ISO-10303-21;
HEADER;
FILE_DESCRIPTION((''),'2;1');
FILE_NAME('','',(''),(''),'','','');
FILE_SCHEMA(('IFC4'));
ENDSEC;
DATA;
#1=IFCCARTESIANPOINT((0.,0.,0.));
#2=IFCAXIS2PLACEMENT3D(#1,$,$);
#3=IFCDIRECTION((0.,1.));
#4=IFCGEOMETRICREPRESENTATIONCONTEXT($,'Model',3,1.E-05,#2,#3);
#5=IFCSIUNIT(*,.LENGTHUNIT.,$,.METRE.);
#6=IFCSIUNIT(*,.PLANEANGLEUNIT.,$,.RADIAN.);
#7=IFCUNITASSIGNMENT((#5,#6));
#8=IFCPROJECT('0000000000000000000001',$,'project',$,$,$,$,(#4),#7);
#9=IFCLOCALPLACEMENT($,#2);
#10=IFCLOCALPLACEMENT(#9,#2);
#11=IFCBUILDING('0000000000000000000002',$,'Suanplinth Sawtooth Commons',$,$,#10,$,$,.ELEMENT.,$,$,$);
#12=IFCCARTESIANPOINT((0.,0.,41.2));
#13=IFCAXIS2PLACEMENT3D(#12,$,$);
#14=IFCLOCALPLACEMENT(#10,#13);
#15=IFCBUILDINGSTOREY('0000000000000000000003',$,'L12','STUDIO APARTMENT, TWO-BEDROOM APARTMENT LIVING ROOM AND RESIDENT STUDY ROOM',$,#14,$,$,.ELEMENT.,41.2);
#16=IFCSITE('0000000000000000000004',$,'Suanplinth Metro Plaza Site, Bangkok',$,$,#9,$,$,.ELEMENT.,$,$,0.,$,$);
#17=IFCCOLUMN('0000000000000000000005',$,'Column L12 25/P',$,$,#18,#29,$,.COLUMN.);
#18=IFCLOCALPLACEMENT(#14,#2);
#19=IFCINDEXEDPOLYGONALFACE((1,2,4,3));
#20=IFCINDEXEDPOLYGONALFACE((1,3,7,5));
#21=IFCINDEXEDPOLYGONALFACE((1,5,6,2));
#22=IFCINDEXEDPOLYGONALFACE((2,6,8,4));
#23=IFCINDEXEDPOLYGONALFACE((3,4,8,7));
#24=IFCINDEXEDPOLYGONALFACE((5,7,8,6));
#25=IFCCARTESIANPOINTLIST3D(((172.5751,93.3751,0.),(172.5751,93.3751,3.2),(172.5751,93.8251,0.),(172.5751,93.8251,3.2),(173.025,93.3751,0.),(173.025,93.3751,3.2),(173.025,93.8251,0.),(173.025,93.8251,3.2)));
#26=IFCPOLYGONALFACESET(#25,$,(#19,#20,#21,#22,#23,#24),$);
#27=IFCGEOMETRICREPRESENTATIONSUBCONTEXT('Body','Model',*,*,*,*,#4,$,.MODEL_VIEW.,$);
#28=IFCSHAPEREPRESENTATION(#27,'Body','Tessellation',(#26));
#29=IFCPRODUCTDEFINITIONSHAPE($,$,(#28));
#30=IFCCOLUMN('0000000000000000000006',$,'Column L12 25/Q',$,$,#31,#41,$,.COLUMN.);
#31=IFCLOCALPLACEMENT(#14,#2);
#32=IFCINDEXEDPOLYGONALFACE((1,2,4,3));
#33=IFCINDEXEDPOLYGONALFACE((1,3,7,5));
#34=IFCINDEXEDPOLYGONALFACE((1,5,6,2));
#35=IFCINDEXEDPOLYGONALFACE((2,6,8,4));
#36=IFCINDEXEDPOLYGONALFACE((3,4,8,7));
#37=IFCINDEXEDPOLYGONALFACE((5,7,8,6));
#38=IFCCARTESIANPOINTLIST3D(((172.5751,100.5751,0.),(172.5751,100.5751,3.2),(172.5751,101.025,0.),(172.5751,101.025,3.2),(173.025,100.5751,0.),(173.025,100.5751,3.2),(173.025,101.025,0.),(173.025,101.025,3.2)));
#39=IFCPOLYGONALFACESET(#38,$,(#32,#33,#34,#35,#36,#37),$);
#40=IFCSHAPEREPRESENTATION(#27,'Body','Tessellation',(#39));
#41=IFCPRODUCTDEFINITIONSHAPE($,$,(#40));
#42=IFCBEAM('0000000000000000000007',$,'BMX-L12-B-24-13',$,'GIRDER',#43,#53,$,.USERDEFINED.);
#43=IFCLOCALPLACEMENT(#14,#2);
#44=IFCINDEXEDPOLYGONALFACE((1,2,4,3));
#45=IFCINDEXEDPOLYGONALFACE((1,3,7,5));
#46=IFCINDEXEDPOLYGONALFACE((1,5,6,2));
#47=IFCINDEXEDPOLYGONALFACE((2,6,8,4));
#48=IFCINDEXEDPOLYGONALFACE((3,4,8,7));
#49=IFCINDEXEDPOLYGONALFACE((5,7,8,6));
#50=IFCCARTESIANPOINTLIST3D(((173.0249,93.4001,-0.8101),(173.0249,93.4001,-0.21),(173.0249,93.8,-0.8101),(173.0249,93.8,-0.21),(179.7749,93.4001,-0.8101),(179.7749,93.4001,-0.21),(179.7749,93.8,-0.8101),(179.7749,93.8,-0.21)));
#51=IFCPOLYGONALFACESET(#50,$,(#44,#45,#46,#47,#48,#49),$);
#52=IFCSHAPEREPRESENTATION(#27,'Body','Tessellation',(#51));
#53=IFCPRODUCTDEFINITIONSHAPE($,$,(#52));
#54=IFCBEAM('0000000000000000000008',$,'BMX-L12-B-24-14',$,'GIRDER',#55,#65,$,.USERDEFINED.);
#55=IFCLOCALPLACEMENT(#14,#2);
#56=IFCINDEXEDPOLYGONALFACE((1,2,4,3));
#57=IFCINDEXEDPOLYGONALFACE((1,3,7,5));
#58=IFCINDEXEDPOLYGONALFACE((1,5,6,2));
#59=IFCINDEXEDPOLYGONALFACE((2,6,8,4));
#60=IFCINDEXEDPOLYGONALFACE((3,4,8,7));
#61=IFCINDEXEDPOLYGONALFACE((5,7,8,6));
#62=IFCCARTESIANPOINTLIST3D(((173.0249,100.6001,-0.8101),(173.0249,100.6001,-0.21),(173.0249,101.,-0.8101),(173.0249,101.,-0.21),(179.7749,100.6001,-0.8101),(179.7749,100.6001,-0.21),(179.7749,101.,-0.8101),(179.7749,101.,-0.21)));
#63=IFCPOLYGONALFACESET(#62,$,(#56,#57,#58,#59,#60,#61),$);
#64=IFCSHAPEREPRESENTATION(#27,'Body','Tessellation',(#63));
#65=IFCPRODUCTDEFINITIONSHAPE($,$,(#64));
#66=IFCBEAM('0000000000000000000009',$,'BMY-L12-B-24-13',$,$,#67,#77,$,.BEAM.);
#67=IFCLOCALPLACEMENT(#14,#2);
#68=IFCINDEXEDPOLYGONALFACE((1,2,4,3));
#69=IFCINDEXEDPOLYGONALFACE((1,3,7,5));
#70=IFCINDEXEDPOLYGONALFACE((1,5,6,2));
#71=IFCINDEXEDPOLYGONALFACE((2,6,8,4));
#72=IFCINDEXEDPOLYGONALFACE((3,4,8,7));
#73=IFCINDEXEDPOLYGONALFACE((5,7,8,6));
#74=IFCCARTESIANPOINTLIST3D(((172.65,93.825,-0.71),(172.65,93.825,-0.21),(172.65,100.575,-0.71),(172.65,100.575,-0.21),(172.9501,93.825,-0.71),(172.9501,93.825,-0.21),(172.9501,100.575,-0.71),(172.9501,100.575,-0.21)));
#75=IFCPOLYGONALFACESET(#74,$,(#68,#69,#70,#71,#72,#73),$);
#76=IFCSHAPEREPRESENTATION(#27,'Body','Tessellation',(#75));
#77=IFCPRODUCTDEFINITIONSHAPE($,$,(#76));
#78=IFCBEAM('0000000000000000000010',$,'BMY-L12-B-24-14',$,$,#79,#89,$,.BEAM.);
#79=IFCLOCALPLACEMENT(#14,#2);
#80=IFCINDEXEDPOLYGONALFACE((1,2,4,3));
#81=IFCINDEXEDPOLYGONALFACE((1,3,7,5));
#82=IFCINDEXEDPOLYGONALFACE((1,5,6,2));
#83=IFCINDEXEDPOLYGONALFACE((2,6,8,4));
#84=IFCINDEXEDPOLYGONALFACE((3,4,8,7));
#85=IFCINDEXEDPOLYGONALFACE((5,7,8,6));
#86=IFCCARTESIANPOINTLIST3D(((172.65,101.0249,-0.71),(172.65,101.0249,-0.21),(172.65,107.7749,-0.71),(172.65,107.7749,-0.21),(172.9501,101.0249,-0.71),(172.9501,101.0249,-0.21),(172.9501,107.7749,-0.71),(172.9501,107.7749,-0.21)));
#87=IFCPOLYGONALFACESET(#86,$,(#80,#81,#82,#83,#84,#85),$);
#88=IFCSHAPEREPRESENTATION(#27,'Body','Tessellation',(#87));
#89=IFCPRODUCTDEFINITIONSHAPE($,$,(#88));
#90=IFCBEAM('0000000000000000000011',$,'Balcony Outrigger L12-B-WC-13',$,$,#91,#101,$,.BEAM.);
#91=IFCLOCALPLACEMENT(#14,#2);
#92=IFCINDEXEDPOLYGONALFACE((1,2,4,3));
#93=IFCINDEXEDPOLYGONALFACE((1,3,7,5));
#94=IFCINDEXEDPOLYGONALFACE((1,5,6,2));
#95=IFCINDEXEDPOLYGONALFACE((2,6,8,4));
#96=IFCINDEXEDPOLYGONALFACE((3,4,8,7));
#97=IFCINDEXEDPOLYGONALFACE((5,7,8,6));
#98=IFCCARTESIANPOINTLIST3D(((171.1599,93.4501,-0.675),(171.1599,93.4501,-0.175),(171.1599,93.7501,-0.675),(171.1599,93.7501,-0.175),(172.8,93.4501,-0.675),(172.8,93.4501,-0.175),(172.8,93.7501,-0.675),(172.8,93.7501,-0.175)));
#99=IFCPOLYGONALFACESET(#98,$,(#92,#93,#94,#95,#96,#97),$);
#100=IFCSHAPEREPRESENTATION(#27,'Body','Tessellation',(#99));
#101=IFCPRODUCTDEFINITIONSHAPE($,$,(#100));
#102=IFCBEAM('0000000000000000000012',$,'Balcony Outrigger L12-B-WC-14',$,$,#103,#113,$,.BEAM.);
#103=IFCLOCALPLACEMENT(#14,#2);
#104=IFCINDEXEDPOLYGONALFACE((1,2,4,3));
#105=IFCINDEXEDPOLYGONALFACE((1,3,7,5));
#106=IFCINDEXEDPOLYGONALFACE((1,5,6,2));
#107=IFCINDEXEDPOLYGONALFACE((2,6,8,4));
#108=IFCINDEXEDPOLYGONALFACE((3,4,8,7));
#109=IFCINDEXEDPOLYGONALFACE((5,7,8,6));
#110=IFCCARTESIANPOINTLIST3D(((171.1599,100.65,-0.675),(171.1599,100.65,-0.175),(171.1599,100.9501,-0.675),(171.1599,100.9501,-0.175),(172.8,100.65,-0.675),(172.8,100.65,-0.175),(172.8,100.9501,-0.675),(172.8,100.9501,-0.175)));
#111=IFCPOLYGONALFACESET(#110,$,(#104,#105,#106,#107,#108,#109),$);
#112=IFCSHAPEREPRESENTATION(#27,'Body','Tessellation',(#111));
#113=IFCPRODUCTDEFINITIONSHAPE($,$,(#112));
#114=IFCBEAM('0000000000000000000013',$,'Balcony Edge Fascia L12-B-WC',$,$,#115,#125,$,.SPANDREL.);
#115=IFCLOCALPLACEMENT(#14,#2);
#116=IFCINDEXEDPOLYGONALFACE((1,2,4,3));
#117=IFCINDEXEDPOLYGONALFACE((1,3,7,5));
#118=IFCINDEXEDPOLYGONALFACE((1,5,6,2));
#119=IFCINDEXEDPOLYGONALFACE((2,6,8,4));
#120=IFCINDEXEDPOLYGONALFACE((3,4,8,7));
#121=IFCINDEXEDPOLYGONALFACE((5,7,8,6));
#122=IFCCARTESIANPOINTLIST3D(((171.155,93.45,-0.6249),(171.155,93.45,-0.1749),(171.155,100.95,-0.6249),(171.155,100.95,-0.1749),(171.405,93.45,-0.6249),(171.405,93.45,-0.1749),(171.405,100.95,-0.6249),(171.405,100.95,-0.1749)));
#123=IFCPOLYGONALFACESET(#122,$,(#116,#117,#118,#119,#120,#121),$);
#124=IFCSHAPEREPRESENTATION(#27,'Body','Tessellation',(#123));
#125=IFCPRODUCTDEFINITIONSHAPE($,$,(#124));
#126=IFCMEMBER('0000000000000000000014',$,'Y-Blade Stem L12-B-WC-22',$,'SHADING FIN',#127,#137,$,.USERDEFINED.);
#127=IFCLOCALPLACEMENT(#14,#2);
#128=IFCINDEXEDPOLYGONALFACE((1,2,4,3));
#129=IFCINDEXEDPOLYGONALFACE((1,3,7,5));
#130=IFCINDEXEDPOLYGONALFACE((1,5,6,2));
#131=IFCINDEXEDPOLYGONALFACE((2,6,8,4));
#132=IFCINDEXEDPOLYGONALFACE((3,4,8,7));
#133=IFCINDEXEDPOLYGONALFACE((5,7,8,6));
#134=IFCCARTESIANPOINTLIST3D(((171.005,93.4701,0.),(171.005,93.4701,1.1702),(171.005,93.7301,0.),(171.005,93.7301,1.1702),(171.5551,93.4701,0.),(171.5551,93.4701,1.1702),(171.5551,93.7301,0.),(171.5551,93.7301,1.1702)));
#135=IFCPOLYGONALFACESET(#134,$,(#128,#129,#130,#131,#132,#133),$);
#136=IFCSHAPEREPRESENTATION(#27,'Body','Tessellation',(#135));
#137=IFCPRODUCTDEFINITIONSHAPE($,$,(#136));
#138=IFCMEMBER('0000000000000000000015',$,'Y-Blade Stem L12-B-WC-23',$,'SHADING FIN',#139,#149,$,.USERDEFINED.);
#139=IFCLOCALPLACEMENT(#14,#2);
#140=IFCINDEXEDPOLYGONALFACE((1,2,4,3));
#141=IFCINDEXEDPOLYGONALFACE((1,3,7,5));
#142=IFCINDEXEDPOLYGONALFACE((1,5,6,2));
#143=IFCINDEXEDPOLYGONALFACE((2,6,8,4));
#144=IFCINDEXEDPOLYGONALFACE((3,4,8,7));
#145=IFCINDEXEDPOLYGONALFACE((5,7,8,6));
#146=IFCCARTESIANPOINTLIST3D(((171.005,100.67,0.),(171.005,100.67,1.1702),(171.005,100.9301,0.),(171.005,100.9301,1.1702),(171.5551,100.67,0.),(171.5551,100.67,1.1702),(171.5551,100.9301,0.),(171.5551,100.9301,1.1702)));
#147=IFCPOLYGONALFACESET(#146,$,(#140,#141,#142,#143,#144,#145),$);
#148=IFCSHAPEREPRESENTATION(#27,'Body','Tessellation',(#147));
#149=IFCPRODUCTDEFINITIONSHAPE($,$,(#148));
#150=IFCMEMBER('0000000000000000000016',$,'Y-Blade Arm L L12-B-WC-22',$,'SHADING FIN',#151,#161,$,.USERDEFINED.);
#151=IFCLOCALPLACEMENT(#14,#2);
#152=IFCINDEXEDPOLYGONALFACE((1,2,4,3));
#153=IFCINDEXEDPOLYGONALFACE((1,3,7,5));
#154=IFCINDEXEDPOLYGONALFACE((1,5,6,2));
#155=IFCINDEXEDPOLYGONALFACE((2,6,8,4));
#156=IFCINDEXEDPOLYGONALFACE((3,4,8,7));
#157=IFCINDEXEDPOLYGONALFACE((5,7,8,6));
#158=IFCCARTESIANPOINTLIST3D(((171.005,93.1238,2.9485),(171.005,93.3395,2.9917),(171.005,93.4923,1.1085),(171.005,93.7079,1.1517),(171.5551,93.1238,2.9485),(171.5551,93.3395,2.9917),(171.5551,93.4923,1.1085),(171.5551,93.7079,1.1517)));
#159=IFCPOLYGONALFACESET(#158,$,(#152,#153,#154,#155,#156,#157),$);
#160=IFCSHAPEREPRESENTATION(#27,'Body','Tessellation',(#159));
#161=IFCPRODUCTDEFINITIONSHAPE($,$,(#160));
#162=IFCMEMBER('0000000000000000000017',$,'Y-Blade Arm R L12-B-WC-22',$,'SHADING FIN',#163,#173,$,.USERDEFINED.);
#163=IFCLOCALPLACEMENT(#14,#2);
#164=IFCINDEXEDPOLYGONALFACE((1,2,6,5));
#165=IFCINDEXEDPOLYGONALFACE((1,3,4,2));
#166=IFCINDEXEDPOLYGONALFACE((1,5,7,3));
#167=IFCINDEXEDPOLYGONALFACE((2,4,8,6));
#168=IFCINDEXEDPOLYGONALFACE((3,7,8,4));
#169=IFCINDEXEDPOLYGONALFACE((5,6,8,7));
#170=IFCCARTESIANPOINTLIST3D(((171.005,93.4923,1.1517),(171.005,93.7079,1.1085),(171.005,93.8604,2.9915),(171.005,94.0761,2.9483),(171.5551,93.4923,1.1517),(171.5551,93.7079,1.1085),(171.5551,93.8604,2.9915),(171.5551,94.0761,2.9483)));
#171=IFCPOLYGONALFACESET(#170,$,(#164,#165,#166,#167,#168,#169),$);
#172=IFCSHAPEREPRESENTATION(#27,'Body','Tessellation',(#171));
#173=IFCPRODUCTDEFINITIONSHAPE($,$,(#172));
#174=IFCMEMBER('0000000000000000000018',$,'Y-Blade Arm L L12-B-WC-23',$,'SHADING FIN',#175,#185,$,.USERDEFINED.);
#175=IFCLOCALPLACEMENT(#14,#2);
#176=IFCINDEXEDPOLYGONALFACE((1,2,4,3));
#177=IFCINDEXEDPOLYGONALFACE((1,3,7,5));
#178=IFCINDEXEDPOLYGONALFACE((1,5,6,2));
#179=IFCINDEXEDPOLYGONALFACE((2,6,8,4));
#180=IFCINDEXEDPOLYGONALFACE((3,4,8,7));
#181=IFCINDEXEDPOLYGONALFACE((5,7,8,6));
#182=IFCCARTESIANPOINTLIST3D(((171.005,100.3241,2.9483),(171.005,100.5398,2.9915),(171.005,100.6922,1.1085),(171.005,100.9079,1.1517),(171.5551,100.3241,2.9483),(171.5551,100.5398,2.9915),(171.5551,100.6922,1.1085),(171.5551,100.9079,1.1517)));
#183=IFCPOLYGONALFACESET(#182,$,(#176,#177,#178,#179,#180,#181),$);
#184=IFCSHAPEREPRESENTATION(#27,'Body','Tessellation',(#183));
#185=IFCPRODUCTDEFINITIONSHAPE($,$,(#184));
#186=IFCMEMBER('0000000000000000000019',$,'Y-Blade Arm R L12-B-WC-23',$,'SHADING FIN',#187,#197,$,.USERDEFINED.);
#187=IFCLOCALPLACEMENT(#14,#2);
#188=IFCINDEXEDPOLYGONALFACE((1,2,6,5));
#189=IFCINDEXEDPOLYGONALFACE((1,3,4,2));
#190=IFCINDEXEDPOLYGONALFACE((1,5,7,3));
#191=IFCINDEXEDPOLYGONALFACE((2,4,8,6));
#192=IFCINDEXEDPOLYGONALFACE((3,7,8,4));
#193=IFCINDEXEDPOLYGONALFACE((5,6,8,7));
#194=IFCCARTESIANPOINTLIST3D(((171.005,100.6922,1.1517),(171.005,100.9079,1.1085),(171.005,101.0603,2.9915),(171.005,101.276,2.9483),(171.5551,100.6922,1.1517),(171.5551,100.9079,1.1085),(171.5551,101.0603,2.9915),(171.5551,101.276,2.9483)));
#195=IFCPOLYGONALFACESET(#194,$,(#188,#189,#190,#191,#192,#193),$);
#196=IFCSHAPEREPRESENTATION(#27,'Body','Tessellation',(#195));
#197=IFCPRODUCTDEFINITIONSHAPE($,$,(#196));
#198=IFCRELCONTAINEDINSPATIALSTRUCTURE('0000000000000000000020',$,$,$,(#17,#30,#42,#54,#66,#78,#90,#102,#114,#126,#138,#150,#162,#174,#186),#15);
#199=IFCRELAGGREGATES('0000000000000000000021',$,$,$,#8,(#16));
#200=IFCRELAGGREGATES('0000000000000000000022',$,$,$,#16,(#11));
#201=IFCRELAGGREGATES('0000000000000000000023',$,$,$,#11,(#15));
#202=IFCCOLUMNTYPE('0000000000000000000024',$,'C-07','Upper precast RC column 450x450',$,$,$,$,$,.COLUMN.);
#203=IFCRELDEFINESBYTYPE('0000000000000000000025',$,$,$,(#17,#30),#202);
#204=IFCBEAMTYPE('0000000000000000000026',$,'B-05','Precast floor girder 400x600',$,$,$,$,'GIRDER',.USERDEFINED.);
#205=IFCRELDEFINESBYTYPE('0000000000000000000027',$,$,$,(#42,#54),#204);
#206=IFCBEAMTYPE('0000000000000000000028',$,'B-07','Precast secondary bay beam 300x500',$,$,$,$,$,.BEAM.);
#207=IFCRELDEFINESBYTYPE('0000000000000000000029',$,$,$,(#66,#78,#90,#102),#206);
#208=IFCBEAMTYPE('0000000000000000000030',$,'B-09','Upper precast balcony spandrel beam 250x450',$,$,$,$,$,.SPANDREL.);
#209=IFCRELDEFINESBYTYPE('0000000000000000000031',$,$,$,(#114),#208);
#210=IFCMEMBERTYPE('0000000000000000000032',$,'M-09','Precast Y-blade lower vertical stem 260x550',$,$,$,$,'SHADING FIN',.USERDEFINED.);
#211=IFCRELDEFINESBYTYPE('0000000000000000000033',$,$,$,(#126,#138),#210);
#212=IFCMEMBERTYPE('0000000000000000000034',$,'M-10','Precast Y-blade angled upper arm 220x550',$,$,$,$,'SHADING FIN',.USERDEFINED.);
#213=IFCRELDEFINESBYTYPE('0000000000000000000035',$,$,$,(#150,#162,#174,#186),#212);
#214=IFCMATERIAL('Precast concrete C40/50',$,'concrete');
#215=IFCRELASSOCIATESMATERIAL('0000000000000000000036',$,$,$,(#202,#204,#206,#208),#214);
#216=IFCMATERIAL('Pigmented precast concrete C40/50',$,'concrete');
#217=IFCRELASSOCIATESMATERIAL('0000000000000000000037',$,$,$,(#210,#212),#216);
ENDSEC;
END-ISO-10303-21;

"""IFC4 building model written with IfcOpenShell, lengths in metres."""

from ifc_helpers import new_model, si_unit, direction, frame, origin, origin_2d, place, context, subcontext, project, spatial, rectangle, extrude, material, material_profile, profile_set, type_object, element, save


model = new_model("IFC4")

# Units and contexts
model_context = context("Model", 3, precision=1e-05, world=origin(), true_north=direction((0.0, 1.0)))
body_context = subcontext(model_context, "Body", "Model", "MODEL_VIEW")
ifc_project = project(units=[si_unit("LENGTHUNIT", "METRE"), si_unit("PLANEANGLEUNIT", "RADIAN")], contexts=[model_context])

# Site, building, storey
site_placement = place(None, origin())
site = spatial("IfcSite", under=ifc_project, at=site_placement, Name="Suanplinth Metro Plaza Site, Bangkok", CompositionType="ELEMENT", RefElevation=0.0)
building_placement = place(site_placement, origin())
building = spatial("IfcBuilding", under=site, at=building_placement, Name="Suanplinth Sawtooth Commons", CompositionType="ELEMENT")
storey_placement = place(building_placement, frame((0.0, 0.0, 41.2)))
storey = spatial("IfcBuildingStorey", under=building, at=storey_placement, Name="L12", Description="STUDIO APARTMENT, TWO-BEDROOM APARTMENT LIVING ROOM AND RESIDENT STUDY ROOM", CompositionType="ELEMENT", Elevation=41.2)

# Columns
ifc_material_1 = material(Name="Precast concrete C40/50", Category="concrete")
ifc_material_profile_1 = material_profile(ifc_material_1, rectangle(XDim=0.45, YDim=0.45, at=origin_2d()), Name="PC-COL 450x450")
ifc_profile_set_1 = profile_set([ifc_material_profile_1], Name="Precast concrete C40/50")
column_type = type_object("IfcColumnType", Name="C-07", Description="Upper precast RC column 450x450", PredefinedType="COLUMN", material=ifc_profile_set_1)
for number, where, z_axis, x_axis, name in (
    (1, (172.8, 93.6001, 0.0), (0.0, 0.0, 1.0), (1.0, 0.0, 0.0), "Column L12 25/P"),
    (2, (172.8, 100.8, 0.0), (0.0, 0.0, 1.0), (1.0, 0.0, 0.0), "Column L12 25/Q"),
):
    element("IfcColumn", number, at=place(storey_placement, frame(where, z_axis=z_axis, x_axis=x_axis)), inside=storey, type_object=column_type, Name=name, PredefinedType="COLUMN", context=body_context, shape_type="SweptSolid", body=[
        extrude(rectangle(XDim=0.45, YDim=0.45, at=origin_2d()), origin(), (0.0, 0.0, 1.0), 3.2),
    ])

# Beams
ifc_material_profile_2 = material_profile(ifc_material_1, rectangle(XDim=0.3999, YDim=0.6001, at=origin_2d()), Name="PC-GDR 400x600")
ifc_profile_set_2 = profile_set([ifc_material_profile_2], Name="Precast concrete C40/50")
beam_type_1 = type_object("IfcBeamType", Name="B-05", Description="Precast floor girder 400x600", ElementType="GIRDER", PredefinedType="USERDEFINED", material=ifc_profile_set_2)
for number, where, z_axis, x_axis, name in (
    (3, (173.0249, 93.6001, -0.51), (1.0, 0.0, 0.0), (0.0, 1.0, 0.0), "BMX-L12-B-24-13"),
    (4, (173.0249, 100.8, -0.51), (1.0, 0.0, 0.0), (0.0, 1.0, 0.0), "BMX-L12-B-24-14"),
):
    element("IfcBeam", number, at=place(storey_placement, frame(where, z_axis=z_axis, x_axis=x_axis)), inside=storey, type_object=beam_type_1, Name=name, ObjectType="GIRDER", PredefinedType="USERDEFINED", context=body_context, shape_type="SweptSolid", body=[
        extrude(rectangle(XDim=0.3999, YDim=0.6001, at=origin_2d()), origin(), (0.0, 0.0, 1.0), 6.75),
    ])
ifc_material_profile_3 = material_profile(ifc_material_1, rectangle(XDim=0.3, YDim=0.5, at=origin_2d()), Name="PC-BM 300x500")
ifc_profile_set_3 = profile_set([ifc_material_profile_3], Name="Precast concrete C40/50")
beam_type_2 = type_object("IfcBeamType", Name="B-07", Description="Precast secondary bay beam 300x500", PredefinedType="BEAM", material=ifc_profile_set_3)
for number, where, z_axis, x_axis, name in (
    (5, (172.8, 93.825, -0.46), (0.0, 1.0, 0.0), (-1.0, 0.0, 0.0), "BMY-L12-B-24-13"),
    (6, (172.8, 101.0249, -0.46), (0.0, 1.0, 0.0), (-1.0, 0.0, 0.0), "BMY-L12-B-24-14"),
):
    element("IfcBeam", number, at=place(storey_placement, frame(where, z_axis=z_axis, x_axis=x_axis)), inside=storey, type_object=beam_type_2, Name=name, PredefinedType="BEAM", context=body_context, shape_type="SweptSolid", body=[
        extrude(rectangle(XDim=0.3, YDim=0.5, at=origin_2d()), origin(), (0.0, 0.0, 1.0), 6.75),
    ])
for number, where, z_axis, x_axis, name in (
    (7, (172.8, 93.6001, -0.425), (-1.0, 0.0, 0.0), (0.0, -1.0, 0.0), "Balcony Outrigger L12-B-WC-13"),
    (8, (172.8, 100.8, -0.425), (-1.0, 0.0, 0.0), (0.0, -1.0, 0.0), "Balcony Outrigger L12-B-WC-14"),
):
    element("IfcBeam", number, at=place(storey_placement, frame(where, z_axis=z_axis, x_axis=x_axis)), inside=storey, type_object=beam_type_2, Name=name, PredefinedType="BEAM", context=body_context, shape_type="SweptSolid", body=[
        extrude(rectangle(XDim=0.3, YDim=0.5, at=origin_2d()), origin(), (0.0, 0.0, 1.0), 1.6401),
    ])
ifc_material_profile_4 = material_profile(ifc_material_1, rectangle(XDim=0.25, YDim=0.45, at=origin_2d()), Name="PC-SP 250x450")
ifc_profile_set_4 = profile_set([ifc_material_profile_4], Name="Precast concrete C40/50")
beam_type_3 = type_object("IfcBeamType", Name="B-09", Description="Upper precast balcony spandrel beam 250x450", PredefinedType="SPANDREL", material=ifc_profile_set_4)
beam_placement = place(storey_placement, frame((171.28, 93.45, -0.3999), z_axis=(0.0, 1.0, 0.0), x_axis=(-1.0, 0.0, 0.0)))
element("IfcBeam", 9, at=beam_placement, inside=storey, type_object=beam_type_3, Name="Balcony Edge Fascia L12-B-WC", PredefinedType="SPANDREL", context=body_context, shape_type="SweptSolid", body=[
    extrude(rectangle(XDim=0.25, YDim=0.45, at=origin_2d()), origin(), (0.0, 0.0, 1.0), 7.5),
])

# Members
ifc_material_2 = material(Name="Pigmented precast concrete C40/50", Category="concrete")
ifc_material_profile_5 = material_profile(ifc_material_2, rectangle(XDim=0.26, YDim=0.55, at=origin_2d()), Name="PC-FIN 260x550")
ifc_profile_set_5 = profile_set([ifc_material_profile_5], Name="Pigmented precast concrete C40/50")
member_type_1 = type_object("IfcMemberType", Name="M-09", Description="Precast Y-blade lower vertical stem 260x550", ElementType="SHADING FIN", PredefinedType="USERDEFINED", material=ifc_profile_set_5)
for number, where, z_axis, x_axis, name in (
    (10, (171.28, 93.6001, 0.0), (0.0, 0.0, 1.0), (0.0, 1.0, 0.0), "Y-Blade Stem L12-B-WC-22"),
    (11, (171.28, 100.8, 0.0), (0.0, 0.0, 1.0), (0.0, 1.0, 0.0), "Y-Blade Stem L12-B-WC-23"),
):
    element("IfcMember", number, at=place(storey_placement, frame(where, z_axis=z_axis, x_axis=x_axis)), inside=storey, type_object=member_type_1, Name=name, ObjectType="SHADING FIN", PredefinedType="USERDEFINED", context=body_context, shape_type="SweptSolid", body=[
        extrude(rectangle(XDim=0.26, YDim=0.55, at=origin_2d()), origin(), (0.0, 0.0, 1.0), 1.1702),
    ])
ifc_material_profile_6 = material_profile(ifc_material_2, rectangle(XDim=0.22, YDim=0.55, at=origin_2d()), Name="PC-FIN 220x550")
ifc_profile_set_6 = profile_set([ifc_material_profile_6], Name="Pigmented precast concrete C40/50")
member_type_2 = type_object("IfcMemberType", Name="M-10", Description="Precast Y-blade angled upper arm 220x550", ElementType="SHADING FIN", PredefinedType="USERDEFINED", material=ifc_profile_set_6)
member_placement = place(storey_placement, frame((171.28, 93.6001, 1.1301), z_axis=(0.0, -0.196341, 0.980536), x_axis=(0.0, 0.980536, 0.196341)))
element("IfcMember", 12, at=member_placement, inside=storey, type_object=member_type_2, Name="Y-Blade Arm L L12-B-WC-22", ObjectType="SHADING FIN", PredefinedType="USERDEFINED", context=body_context, shape_type="SweptSolid", body=[
    extrude(rectangle(XDim=0.22, YDim=0.55, at=origin_2d()), origin(), (0.0, 0.0, 1.0), 1.8765),
])
for number, where, z_axis, x_axis, name in (
    (13, (171.28, 93.6001, 1.1301), (0.0, 0.196216, 0.980561), (0.0, -0.980561, 0.196216), "Y-Blade Arm R L12-B-WC-22"),
    (14, (171.28, 100.8, 1.1301), (0.0, -0.196216, 0.980561), (0.0, 0.980561, 0.196216), "Y-Blade Arm L L12-B-WC-23"),
    (15, (171.28, 100.8, 1.1301), (0.0, 0.196216, 0.980561), (0.0, -0.980561, 0.196216), "Y-Blade Arm R L12-B-WC-23"),
):
    element("IfcMember", number, at=place(storey_placement, frame(where, z_axis=z_axis, x_axis=x_axis)), inside=storey, type_object=member_type_2, Name=name, ObjectType="SHADING FIN", PredefinedType="USERDEFINED", context=body_context, shape_type="SweptSolid", body=[
        extrude(rectangle(XDim=0.22, YDim=0.55, at=origin_2d()), origin(), (0.0, 0.0, 1.0), 1.8762),
    ])

save(model, "model.ifc")
